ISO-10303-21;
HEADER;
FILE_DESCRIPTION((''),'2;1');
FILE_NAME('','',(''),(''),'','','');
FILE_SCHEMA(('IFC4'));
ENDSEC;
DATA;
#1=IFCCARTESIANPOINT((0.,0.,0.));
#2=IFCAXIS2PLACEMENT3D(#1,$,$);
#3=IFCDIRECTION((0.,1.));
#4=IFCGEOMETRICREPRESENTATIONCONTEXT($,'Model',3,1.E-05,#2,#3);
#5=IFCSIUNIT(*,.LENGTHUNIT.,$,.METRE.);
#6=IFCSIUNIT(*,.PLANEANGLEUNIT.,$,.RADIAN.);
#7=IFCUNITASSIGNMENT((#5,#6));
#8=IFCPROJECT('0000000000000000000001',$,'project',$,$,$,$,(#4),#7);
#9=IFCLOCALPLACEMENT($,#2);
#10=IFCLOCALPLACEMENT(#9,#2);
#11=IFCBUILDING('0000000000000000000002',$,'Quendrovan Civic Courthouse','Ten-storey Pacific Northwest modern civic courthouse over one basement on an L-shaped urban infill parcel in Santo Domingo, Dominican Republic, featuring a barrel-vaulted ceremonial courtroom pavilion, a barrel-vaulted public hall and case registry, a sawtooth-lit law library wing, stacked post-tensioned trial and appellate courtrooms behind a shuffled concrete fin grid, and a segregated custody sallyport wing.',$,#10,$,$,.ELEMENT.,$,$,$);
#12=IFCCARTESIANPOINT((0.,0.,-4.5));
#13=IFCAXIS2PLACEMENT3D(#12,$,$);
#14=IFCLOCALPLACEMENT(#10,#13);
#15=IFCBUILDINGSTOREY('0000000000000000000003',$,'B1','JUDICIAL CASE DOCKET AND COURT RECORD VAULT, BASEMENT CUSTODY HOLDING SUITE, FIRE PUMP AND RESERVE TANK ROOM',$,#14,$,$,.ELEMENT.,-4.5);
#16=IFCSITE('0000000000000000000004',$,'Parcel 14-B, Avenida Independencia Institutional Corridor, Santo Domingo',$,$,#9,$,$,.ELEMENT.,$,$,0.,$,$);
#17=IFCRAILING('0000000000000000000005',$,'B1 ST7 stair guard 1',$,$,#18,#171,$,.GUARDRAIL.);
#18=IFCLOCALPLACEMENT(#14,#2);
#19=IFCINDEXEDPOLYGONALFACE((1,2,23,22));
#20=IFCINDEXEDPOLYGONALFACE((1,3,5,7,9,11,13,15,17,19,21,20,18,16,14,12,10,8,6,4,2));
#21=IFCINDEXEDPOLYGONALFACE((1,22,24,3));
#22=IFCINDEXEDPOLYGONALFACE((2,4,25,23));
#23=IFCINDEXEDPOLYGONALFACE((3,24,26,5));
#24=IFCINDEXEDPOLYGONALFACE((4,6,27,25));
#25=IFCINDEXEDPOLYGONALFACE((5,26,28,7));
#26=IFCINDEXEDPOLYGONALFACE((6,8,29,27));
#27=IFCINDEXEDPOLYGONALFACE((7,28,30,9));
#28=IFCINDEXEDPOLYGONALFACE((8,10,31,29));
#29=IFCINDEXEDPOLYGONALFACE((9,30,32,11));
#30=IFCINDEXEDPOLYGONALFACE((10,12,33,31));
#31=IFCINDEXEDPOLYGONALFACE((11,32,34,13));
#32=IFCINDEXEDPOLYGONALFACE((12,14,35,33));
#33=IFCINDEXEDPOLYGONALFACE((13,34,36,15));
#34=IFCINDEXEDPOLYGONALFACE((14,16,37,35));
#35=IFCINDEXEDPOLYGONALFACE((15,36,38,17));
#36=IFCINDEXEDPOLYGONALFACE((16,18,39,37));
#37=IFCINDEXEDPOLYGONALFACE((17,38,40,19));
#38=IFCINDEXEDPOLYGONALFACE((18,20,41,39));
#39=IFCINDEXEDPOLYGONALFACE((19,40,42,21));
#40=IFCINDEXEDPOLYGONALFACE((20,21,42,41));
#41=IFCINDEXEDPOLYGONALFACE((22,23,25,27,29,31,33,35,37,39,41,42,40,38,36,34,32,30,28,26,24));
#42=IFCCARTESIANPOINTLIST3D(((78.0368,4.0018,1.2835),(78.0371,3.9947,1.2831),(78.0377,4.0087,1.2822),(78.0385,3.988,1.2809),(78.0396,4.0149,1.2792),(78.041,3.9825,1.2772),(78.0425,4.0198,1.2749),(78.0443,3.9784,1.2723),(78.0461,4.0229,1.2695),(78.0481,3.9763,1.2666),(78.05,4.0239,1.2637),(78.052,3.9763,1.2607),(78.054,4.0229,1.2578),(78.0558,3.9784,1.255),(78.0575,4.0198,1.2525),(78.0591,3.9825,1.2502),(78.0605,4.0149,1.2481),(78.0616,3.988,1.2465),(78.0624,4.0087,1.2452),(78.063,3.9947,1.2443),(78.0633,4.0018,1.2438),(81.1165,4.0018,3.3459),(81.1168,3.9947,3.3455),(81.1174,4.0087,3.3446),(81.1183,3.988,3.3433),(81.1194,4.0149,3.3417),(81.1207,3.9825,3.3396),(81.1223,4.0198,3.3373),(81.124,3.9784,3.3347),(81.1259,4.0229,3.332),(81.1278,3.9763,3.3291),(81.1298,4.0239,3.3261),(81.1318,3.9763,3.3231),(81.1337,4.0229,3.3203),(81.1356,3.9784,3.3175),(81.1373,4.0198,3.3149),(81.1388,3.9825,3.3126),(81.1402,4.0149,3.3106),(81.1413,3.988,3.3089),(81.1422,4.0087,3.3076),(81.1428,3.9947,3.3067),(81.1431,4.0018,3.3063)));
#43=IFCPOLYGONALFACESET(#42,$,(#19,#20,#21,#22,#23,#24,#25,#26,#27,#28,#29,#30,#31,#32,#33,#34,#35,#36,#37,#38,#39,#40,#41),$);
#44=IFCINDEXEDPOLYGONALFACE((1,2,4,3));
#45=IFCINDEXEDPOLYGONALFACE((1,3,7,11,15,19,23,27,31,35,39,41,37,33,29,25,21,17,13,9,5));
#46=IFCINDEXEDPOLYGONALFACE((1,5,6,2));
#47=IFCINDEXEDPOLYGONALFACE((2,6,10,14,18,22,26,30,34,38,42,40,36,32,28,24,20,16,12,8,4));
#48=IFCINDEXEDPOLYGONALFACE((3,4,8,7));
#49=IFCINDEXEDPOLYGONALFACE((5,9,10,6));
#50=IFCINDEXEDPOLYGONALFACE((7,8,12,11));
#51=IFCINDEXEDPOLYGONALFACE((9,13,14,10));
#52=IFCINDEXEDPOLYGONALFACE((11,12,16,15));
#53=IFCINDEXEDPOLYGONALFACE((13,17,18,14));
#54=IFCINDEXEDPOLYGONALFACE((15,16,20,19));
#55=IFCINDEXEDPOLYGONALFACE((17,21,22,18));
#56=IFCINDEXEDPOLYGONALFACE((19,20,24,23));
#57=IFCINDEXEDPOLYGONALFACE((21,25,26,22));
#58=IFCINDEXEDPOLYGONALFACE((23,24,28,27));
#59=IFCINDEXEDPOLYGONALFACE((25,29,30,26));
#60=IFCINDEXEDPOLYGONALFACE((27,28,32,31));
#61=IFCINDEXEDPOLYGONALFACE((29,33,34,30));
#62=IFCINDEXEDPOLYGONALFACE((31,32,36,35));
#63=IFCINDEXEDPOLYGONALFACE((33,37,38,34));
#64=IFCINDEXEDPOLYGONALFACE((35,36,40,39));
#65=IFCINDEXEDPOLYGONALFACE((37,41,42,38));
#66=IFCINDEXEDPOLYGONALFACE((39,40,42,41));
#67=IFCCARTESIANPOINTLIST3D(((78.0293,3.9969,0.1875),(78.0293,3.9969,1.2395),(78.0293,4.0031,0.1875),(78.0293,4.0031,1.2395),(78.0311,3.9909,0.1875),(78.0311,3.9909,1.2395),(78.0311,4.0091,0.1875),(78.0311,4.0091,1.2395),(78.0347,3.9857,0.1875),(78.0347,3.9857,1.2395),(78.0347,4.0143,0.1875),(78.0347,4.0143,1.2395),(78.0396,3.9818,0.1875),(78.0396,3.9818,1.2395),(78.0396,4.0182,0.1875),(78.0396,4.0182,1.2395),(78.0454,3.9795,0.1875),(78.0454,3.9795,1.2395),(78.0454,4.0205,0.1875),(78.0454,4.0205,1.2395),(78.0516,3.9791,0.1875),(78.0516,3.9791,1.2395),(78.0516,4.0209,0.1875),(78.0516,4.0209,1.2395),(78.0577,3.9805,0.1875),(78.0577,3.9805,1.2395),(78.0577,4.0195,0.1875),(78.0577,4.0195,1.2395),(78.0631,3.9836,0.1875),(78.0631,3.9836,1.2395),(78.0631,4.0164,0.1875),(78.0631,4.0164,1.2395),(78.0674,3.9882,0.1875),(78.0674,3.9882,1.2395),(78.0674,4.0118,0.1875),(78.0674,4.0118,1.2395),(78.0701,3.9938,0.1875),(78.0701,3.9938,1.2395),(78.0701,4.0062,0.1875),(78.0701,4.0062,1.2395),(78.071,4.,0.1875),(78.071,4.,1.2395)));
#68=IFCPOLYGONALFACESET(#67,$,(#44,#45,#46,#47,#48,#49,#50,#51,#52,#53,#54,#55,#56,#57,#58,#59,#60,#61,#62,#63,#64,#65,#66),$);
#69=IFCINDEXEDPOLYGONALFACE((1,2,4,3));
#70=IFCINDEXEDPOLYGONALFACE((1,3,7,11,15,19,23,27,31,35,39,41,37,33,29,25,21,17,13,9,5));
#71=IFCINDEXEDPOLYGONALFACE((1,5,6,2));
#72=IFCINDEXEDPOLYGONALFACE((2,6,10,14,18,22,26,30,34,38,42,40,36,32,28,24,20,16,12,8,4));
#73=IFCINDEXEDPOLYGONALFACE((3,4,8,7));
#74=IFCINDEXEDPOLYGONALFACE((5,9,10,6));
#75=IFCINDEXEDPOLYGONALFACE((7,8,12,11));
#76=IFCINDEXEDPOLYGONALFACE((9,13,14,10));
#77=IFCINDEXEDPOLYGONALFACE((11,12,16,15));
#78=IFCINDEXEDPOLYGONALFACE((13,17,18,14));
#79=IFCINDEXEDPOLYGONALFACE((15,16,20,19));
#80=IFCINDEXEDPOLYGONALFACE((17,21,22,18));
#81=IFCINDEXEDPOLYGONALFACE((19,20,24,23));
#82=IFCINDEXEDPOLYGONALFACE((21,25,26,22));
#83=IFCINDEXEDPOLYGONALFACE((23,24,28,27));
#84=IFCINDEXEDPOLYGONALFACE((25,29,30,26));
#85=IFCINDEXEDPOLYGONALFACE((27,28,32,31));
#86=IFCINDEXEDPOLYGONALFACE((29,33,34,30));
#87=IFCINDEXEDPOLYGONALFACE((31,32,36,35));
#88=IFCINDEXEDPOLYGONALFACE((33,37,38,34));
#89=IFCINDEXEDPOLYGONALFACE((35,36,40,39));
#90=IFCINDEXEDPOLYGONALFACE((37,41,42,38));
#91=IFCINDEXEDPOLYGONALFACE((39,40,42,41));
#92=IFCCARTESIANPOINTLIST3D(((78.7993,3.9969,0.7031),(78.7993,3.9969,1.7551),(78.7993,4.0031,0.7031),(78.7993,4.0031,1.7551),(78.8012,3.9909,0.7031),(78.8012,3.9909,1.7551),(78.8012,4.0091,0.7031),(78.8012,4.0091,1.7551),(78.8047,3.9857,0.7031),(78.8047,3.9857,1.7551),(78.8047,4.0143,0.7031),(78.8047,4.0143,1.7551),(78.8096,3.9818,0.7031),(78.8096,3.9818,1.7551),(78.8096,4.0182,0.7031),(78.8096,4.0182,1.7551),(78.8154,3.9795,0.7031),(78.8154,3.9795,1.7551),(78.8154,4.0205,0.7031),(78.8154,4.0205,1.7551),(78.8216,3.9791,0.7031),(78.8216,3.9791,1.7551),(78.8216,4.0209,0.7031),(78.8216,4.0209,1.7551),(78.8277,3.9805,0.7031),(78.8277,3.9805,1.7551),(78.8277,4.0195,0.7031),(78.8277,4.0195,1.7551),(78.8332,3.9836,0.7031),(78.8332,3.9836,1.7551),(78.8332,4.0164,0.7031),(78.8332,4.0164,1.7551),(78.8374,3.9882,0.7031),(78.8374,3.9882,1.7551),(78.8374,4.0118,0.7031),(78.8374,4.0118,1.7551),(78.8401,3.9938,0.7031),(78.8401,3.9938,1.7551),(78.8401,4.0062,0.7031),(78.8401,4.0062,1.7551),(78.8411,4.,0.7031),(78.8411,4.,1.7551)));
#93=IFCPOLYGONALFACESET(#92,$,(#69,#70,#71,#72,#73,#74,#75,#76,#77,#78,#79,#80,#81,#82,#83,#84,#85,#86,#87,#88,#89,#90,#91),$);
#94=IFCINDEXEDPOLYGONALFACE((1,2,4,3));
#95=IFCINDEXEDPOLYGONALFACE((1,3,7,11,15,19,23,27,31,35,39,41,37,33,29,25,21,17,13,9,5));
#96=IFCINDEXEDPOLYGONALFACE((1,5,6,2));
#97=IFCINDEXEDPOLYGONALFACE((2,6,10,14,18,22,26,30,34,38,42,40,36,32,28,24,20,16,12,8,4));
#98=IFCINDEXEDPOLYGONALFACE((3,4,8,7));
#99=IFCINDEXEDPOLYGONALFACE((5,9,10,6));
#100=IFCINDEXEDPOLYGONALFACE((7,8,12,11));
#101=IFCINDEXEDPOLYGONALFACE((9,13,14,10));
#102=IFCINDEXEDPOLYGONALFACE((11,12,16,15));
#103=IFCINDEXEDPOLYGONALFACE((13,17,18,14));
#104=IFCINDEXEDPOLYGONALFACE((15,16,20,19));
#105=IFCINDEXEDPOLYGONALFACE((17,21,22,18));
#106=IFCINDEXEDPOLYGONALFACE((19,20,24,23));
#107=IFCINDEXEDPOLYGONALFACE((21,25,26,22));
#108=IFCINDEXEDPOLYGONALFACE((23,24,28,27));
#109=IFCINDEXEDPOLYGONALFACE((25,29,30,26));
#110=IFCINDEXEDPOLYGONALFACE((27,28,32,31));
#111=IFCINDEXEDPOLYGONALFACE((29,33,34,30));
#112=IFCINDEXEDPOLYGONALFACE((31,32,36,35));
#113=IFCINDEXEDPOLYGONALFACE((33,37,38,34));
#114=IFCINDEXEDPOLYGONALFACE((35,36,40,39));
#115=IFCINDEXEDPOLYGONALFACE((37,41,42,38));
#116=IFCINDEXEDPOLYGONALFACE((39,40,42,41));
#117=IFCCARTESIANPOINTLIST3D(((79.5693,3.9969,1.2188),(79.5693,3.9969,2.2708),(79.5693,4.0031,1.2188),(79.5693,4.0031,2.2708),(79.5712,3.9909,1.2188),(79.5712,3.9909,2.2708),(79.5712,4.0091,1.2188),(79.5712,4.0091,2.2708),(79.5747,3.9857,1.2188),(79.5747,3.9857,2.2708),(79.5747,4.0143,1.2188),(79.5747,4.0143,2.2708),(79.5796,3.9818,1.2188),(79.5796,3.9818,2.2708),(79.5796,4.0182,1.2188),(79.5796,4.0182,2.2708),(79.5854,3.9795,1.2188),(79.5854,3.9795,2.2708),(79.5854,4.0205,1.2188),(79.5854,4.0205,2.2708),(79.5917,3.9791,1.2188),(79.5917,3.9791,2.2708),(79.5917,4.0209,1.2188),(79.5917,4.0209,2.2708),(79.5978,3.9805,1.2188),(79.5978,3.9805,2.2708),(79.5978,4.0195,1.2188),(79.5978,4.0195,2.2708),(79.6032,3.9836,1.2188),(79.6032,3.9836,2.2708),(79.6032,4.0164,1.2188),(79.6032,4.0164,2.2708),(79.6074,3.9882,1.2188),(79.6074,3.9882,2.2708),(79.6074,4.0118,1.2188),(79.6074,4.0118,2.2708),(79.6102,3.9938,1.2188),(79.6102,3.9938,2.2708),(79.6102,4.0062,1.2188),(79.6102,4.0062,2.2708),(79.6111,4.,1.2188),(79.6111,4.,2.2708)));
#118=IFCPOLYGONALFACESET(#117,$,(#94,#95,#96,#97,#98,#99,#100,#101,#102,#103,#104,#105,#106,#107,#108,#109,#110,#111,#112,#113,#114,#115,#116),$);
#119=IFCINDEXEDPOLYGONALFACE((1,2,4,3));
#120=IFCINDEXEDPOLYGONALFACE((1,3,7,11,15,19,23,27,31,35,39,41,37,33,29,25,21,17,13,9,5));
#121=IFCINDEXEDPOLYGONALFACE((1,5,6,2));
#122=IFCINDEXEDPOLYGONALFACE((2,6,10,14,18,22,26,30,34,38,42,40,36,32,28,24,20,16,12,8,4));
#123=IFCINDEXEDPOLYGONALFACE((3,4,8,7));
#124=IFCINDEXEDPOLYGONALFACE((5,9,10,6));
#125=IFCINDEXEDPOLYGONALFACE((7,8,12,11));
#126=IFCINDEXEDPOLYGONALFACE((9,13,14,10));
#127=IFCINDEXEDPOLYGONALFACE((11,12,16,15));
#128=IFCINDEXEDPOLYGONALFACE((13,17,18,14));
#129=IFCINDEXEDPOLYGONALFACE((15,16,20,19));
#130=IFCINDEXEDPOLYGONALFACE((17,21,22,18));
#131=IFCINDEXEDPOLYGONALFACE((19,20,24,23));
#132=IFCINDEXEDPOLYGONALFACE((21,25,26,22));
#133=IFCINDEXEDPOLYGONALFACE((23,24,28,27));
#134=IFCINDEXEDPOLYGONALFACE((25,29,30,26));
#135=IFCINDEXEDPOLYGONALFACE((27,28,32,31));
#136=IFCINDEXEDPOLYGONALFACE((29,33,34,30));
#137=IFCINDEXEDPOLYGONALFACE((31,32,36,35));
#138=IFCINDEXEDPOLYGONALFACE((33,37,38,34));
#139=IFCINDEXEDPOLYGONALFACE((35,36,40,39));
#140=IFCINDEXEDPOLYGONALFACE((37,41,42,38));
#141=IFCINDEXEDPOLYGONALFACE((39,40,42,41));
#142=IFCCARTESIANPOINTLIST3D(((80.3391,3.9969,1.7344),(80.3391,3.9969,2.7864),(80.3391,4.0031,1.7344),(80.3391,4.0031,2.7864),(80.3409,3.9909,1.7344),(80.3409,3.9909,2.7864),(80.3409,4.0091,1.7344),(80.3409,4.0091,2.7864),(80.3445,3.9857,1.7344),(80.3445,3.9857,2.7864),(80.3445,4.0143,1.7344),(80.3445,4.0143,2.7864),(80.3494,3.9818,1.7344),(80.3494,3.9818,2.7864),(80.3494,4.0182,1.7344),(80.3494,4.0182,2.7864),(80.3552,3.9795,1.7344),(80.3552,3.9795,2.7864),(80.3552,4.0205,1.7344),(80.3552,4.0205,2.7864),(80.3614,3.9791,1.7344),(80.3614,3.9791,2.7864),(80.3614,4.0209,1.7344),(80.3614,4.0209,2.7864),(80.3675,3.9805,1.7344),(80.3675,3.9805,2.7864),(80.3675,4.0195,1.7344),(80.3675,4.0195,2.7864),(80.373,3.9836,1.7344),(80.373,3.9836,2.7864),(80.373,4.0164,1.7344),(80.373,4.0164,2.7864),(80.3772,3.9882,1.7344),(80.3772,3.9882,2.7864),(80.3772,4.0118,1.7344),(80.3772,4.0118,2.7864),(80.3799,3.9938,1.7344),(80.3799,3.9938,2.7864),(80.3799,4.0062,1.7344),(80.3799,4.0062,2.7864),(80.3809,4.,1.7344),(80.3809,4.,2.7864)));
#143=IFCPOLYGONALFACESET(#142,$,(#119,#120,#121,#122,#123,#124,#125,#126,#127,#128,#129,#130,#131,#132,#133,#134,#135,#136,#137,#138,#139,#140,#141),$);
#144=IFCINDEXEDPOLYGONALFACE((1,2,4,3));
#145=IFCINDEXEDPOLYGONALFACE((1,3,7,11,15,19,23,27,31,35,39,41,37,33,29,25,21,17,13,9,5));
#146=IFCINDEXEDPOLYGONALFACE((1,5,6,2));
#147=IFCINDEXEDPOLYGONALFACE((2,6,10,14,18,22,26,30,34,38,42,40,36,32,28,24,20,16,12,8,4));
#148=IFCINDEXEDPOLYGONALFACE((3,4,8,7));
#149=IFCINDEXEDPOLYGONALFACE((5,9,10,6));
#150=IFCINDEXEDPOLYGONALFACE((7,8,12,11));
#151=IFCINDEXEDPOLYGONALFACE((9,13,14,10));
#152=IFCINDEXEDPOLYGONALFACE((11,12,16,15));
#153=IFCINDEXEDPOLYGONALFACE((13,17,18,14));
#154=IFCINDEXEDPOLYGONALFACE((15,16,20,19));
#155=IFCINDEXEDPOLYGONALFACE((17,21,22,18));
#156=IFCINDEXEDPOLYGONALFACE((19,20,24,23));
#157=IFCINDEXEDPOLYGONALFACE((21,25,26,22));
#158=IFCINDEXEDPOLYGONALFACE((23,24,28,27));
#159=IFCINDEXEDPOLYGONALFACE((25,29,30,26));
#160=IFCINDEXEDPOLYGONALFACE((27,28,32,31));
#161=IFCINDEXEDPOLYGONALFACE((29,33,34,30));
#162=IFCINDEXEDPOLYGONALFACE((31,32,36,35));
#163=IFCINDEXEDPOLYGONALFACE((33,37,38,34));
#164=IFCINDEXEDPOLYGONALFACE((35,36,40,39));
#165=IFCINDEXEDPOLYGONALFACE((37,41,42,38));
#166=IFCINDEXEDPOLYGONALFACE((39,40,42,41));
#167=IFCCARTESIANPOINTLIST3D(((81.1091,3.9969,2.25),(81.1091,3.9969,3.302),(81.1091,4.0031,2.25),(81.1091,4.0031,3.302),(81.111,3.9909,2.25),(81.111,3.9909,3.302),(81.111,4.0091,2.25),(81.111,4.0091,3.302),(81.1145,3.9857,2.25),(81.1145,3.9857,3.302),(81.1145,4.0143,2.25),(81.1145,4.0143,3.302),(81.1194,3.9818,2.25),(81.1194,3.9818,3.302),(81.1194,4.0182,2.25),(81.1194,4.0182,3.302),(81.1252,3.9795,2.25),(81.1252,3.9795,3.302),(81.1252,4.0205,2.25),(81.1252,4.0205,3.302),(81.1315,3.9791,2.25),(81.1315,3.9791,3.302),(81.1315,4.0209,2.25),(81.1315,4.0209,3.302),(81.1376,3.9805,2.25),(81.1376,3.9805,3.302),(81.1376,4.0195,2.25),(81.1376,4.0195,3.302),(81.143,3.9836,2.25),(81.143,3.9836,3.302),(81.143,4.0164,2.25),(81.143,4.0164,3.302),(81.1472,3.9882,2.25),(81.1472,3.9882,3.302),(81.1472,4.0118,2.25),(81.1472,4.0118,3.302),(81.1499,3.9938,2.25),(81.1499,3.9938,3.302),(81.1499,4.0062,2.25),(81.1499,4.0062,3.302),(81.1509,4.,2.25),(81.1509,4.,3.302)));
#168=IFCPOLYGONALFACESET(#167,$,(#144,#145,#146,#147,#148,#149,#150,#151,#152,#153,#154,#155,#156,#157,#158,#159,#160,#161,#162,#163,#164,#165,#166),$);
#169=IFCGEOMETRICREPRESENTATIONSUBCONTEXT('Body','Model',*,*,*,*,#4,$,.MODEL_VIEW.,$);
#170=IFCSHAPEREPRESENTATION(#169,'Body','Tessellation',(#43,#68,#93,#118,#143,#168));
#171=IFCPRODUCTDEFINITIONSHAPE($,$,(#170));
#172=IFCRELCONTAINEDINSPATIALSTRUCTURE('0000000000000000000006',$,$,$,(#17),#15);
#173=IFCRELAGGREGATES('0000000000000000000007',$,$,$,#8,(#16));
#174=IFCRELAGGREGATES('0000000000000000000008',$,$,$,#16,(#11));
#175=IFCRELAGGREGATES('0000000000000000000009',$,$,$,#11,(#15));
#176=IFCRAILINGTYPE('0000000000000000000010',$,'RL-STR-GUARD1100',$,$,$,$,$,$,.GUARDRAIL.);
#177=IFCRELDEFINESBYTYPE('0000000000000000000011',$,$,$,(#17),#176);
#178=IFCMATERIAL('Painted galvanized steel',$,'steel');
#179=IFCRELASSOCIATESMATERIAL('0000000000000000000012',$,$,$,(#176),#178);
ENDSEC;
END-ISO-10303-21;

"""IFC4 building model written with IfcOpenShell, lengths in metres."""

from ifc_helpers import new_model, si_unit, direction, frame, origin, origin_2d, place, context, subcontext, project, spatial, circle, extrude, material, type_object, element, save


model = new_model("IFC4")

# Units and contexts
model_context = context("Model", 3, precision=1e-05, world=origin(), true_north=direction((0.0, 1.0)))
body_context = subcontext(model_context, "Body", "Model", "MODEL_VIEW")
ifc_project = project(units=[si_unit("LENGTHUNIT", "METRE"), si_unit("PLANEANGLEUNIT", "RADIAN")], contexts=[model_context])

# Site, building, storey
site_placement = place(None, origin())
site = spatial("IfcSite", under=ifc_project, at=site_placement, Name="Parcel 14-B, Avenida Independencia Institutional Corridor, Santo Domingo", CompositionType="ELEMENT", RefElevation=0.0)
building_placement = place(site_placement, origin())
building = spatial("IfcBuilding", under=site, at=building_placement, Name="Quendrovan Civic Courthouse", Description="Ten-storey Pacific Northwest modern civic courthouse over one basement on an L-shaped urban infill parcel in Santo Domingo, Dominican Republic, featuring a barrel-vaulted ceremonial courtroom pavilion, a barrel-vaulted public hall and case registry, a sawtooth-lit law library wing, stacked post-tensioned trial and appellate courtrooms behind a shuffled concrete fin grid, and a segregated custody sallyport wing.", CompositionType="ELEMENT")
storey_placement = place(building_placement, frame((0.0, 0.0, -4.5)))
storey = spatial("IfcBuildingStorey", under=building, at=storey_placement, Name="B1", Description="JUDICIAL CASE DOCKET AND COURT RECORD VAULT, BASEMENT CUSTODY HOLDING SUITE, FIRE PUMP AND RESERVE TANK ROOM", CompositionType="ELEMENT", Elevation=-4.5)

# Railing
ifc_material_1 = material(Name="Painted galvanized steel", Category="steel")
railing_type_1 = type_object("IfcRailingType", Name="RL-STR-GUARD1100", PredefinedType="GUARDRAIL", material=ifc_material_1)
railing_1_placement = place(storey_placement, frame((78.05, 4.0, 0.1875)))
element("IfcRailing", 1, at=railing_1_placement, inside=storey, type_object=railing_type_1, Name="B1 ST7 stair guard 1", PredefinedType="GUARDRAIL", context=body_context, shape_type="SweptSolid", body=[
    extrude(circle(Radius=0.0239, at=origin_2d()), frame((0.0, 0.0, 1.0762), z_axis=(0.830893, 0.0, 0.556432), x_axis=(0.0, 1.0, 0.0)), (0.0, 0.0, 1.0), 3.7065),
    extrude(circle(Radius=0.021, at=origin_2d()), origin(), (0.0, 0.0, 1.0), 1.052),
    extrude(circle(Radius=0.021, at=origin_2d()), frame((0.77, 0.0, 0.5156)), (0.0, 0.0, 1.0), 1.052),
    extrude(circle(Radius=0.021, at=origin_2d()), frame((1.54, 0.0, 1.0312)), (0.0, 0.0, 1.0), 1.052),
    extrude(circle(Radius=0.021, at=origin_2d()), frame((2.3098, 0.0, 1.5469)), (0.0, 0.0, 1.0), 1.052),
    extrude(circle(Radius=0.021, at=origin_2d()), frame((3.0798, 0.0, 2.0625)), (0.0, 0.0, 1.0), 1.052),
])

save(model, "model.ifc")
